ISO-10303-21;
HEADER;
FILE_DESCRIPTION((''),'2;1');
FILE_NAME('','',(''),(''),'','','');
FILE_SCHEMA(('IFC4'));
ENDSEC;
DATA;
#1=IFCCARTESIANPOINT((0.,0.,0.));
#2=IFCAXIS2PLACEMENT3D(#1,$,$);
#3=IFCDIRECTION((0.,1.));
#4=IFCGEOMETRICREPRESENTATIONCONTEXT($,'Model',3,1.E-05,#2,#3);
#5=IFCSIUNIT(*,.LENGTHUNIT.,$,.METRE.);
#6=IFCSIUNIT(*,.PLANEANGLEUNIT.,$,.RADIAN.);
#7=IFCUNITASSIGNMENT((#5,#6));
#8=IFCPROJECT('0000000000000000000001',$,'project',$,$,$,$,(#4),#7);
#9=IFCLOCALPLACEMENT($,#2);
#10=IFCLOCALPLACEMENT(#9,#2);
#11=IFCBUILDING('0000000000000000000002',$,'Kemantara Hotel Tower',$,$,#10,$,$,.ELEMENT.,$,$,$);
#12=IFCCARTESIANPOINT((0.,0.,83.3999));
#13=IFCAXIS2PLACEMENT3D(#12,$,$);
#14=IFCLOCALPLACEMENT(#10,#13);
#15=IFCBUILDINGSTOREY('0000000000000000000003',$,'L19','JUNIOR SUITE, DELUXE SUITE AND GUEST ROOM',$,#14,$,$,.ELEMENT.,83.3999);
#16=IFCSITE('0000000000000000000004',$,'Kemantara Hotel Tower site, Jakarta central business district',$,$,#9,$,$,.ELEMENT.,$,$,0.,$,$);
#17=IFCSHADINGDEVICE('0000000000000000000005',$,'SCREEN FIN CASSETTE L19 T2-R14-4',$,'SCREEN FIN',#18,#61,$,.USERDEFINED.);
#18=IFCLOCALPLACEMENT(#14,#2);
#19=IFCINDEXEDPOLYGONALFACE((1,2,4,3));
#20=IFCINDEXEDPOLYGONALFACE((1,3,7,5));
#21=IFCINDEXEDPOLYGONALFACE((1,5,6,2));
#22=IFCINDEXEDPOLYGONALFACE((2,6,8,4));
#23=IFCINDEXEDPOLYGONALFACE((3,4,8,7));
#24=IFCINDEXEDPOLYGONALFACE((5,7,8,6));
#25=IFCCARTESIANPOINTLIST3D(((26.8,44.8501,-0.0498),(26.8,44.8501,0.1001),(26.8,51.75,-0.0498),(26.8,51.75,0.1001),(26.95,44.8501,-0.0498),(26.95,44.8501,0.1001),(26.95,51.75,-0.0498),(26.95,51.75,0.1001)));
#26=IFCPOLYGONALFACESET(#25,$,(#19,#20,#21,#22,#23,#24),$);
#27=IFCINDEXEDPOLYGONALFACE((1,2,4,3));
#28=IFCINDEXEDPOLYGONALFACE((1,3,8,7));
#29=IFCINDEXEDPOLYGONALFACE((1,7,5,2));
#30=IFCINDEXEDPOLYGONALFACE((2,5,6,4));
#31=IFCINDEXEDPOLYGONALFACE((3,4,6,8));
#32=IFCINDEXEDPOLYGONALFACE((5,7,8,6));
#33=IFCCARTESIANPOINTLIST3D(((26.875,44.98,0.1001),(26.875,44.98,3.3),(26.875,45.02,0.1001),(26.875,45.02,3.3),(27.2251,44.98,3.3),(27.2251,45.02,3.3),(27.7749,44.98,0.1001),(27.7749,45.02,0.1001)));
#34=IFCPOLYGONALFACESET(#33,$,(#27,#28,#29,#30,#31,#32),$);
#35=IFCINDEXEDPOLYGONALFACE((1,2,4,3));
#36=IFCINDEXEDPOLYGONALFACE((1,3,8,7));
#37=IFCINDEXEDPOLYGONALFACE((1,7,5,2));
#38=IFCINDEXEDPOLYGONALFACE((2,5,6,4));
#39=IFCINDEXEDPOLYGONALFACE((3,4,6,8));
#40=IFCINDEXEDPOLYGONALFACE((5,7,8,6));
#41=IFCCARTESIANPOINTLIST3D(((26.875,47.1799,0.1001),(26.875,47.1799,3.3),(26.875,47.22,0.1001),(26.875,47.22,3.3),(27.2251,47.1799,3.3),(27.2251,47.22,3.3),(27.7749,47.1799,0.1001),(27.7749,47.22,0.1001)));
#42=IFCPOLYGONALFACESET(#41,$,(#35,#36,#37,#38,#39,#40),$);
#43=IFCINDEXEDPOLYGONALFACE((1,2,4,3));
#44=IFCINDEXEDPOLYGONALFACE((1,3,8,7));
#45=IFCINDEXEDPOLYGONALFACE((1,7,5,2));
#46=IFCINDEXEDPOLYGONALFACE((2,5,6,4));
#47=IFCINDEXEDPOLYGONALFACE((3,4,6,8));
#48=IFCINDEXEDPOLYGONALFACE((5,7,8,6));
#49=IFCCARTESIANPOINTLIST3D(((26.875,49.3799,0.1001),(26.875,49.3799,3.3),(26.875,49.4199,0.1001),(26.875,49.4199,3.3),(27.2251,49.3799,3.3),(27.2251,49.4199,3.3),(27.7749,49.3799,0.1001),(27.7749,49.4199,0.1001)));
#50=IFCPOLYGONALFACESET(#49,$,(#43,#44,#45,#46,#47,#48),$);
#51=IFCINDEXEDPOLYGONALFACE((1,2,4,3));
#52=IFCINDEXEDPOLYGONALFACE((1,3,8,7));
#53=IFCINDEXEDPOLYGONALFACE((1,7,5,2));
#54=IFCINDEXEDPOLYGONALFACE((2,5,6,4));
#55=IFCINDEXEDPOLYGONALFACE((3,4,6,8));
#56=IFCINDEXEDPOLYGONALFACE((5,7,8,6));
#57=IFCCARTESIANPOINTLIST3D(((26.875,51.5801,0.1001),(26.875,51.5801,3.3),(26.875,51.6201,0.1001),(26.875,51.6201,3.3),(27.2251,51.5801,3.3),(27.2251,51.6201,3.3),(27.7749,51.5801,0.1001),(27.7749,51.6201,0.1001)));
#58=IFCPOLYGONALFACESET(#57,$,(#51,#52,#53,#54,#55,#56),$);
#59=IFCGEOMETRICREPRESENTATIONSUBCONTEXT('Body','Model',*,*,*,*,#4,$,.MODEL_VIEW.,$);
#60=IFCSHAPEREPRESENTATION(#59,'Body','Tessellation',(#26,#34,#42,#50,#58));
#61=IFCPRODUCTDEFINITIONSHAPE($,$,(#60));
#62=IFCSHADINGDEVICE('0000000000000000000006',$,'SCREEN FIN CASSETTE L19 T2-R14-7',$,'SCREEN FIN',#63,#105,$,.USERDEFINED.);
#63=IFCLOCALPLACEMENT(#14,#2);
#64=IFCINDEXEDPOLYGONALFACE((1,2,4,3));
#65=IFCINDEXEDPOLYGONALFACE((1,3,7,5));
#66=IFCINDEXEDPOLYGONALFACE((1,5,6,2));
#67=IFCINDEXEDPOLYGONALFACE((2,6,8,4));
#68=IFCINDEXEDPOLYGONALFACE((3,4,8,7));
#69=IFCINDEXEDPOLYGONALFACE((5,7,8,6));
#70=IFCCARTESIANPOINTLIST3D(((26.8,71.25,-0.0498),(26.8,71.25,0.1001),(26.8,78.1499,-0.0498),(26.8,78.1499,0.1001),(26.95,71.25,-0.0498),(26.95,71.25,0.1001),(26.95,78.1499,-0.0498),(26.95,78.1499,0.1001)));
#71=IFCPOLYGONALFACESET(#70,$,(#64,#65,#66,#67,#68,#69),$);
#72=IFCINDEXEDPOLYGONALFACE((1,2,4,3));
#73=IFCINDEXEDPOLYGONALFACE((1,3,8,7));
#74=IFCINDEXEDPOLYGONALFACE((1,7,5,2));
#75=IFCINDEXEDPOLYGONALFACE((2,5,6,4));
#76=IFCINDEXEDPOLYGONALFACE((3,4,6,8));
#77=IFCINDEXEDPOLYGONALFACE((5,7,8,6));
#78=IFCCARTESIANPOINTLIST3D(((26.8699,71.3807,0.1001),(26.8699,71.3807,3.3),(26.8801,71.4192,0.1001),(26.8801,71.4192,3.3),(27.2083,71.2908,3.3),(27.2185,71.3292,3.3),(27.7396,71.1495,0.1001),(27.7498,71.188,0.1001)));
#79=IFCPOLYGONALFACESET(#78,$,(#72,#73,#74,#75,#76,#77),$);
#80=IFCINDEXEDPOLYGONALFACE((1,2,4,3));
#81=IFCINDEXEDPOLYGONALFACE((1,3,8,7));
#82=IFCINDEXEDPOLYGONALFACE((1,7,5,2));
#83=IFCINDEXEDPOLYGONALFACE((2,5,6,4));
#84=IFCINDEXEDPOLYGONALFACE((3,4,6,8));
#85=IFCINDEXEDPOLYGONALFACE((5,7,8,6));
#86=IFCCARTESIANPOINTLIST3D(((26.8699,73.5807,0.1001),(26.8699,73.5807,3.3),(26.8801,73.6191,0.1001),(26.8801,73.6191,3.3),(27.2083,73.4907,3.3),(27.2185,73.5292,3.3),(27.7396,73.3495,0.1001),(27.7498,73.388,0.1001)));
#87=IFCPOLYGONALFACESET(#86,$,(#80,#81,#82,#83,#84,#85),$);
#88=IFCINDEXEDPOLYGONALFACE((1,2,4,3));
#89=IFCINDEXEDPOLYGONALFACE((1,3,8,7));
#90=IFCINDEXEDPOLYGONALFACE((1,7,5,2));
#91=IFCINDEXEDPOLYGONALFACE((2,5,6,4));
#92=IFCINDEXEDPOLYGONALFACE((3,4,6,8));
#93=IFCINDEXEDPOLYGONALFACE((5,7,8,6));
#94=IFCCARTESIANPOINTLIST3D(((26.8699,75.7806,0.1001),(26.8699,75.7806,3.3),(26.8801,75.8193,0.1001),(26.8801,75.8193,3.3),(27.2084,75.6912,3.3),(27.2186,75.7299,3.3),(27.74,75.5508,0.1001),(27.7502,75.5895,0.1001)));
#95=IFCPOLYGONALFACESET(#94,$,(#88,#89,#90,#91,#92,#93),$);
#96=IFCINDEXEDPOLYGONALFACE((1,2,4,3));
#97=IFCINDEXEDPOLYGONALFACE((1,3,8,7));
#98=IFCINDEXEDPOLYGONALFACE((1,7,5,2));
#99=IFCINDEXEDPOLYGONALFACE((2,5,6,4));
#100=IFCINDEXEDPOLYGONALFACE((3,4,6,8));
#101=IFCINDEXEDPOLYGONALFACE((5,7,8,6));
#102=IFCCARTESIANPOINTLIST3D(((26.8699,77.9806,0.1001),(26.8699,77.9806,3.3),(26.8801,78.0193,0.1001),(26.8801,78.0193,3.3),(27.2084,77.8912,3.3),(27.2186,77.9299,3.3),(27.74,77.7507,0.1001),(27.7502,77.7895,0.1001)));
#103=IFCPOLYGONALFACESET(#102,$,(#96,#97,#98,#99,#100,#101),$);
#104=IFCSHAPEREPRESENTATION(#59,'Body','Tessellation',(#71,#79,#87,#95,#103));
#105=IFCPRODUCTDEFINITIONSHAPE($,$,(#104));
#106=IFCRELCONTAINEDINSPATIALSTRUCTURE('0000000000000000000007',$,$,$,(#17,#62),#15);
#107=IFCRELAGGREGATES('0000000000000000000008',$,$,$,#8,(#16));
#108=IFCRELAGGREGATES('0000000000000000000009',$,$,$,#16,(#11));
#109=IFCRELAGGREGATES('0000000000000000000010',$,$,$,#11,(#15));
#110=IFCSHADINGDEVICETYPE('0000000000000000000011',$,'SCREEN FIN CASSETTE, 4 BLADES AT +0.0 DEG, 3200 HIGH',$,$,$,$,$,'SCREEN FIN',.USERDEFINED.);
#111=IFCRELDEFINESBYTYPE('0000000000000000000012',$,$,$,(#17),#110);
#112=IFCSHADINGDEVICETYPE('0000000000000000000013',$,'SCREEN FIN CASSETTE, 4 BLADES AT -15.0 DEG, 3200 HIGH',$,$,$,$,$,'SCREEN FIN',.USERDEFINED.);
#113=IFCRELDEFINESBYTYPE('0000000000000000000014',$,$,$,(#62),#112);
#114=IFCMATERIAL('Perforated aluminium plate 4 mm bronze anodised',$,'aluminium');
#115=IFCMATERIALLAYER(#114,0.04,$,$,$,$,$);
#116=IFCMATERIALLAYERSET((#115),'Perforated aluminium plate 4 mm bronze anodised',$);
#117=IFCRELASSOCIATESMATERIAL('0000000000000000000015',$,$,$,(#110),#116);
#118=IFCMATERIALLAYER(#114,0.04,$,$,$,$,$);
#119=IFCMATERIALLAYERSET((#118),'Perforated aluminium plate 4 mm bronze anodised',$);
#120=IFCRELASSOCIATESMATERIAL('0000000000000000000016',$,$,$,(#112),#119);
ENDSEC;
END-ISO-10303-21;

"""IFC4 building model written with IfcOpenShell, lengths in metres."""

from ifc_helpers import new_model, si_unit, direction, frame, origin, origin_2d, place, context, subcontext, project, spatial, polyline, rectangle, outline, extrude, source, transform, mapped, material, layer, layer_set, type_object, element, save


model = new_model("IFC4")

# Units and contexts
model_context = context("Model", 3, precision=1e-05, world=origin(), true_north=direction((0.0, 1.0)))
body_context = subcontext(model_context, "Body", "Model", "MODEL_VIEW")
ifc_project = project(units=[si_unit("LENGTHUNIT", "METRE"), si_unit("PLANEANGLEUNIT", "RADIAN")], contexts=[model_context])

# Site, building, storey
site_placement = place(None, origin())
site = spatial("IfcSite", under=ifc_project, at=site_placement, Name="Kemantara Hotel Tower site, Jakarta central business district", CompositionType="ELEMENT", RefElevation=0.0)
building_placement = place(site_placement, origin())
building = spatial("IfcBuilding", under=site, at=building_placement, Name="Kemantara Hotel Tower", CompositionType="ELEMENT")
storey_placement = place(building_placement, frame((0.0, 0.0, 83.3999)))
storey = spatial("IfcBuildingStorey", under=building, at=storey_placement, Name="L19", Description="JUNIOR SUITE, DELUXE SUITE AND GUEST ROOM", CompositionType="ELEMENT", Elevation=83.3999)

# Shading devices
ifc_material_1 = material(Name="Perforated aluminium plate 4 mm bronze anodised", Category="aluminium")
ifc_layer_1 = layer(ifc_material_1, 0.04)
ifc_layer_set_1 = layer_set([ifc_layer_1], Name="Perforated aluminium plate 4 mm bronze anodised")
shading_device_type_1 = type_object("IfcShadingDeviceType", Name="SCREEN FIN CASSETTE, 4 BLADES AT +0.0 DEG, 3200 HIGH", ElementType="SCREEN FIN", PredefinedType="USERDEFINED", material=ifc_layer_set_1)
shared_shape_1 = source(origin(), body_context, "Body", "SweptSolid", [
    extrude(rectangle(XDim=6.8999, YDim=0.1499, at=origin_2d()), frame((3.3, -0.075, -0.1499), z_axis=(0.0, 0.0, 1.0), x_axis=(1.0, 0.0, 0.0)), (0.0, 0.0, 1.0), 0.1499),
    extrude(outline(polyline([(0.0, 0.0), (0.8999, 0.0), (0.3501, 3.2), (0.0, 3.2), (0.0, 0.0)])), frame((0.02, -0.075, 0.0), z_axis=(-1.0, 0.0, 0.0), x_axis=(0.0, -1.0, 0.0)), (0.0, 0.0, 1.0), 0.04),
    extrude(outline(polyline([(0.0, 0.0), (0.8999, 0.0), (0.3501, 3.2), (0.0, 3.2), (0.0, 0.0)])), frame((2.22, -0.075, 0.0), z_axis=(-1.0, 0.0, 0.0), x_axis=(0.0, -1.0, 0.0)), (0.0, 0.0, 1.0), 0.04),
    extrude(outline(polyline([(0.0, 0.0), (0.8999, 0.0), (0.3501, 3.2), (0.0, 3.2), (0.0, 0.0)])), frame((4.4199, -0.075, 0.0), z_axis=(-1.0, 0.0, 0.0), x_axis=(0.0, -1.0, 0.0)), (0.0, 0.0, 1.0), 0.04),
    extrude(outline(polyline([(0.0, 0.0), (0.8999, 0.0), (0.3501, 3.2), (0.0, 3.2), (0.0, 0.0)])), frame((6.6201, -0.075, 0.0), z_axis=(-1.0, 0.0, 0.0), x_axis=(0.0, -1.0, 0.0)), (0.0, 0.0, 1.0), 0.04),
])
shading_device_1_placement = place(storey_placement, frame((26.8, 45.0, 0.1001), z_axis=(0.0, 0.0, 1.0), x_axis=(0.0, 1.0, 0.0)))
element("IfcShadingDevice", 1, at=shading_device_1_placement, inside=storey, type_object=shading_device_type_1, Name="SCREEN FIN CASSETTE L19 T2-R14-4", ObjectType="SCREEN FIN", PredefinedType="USERDEFINED", context=body_context, shape_type="MappedRepresentation", body=[
    mapped(shared_shape_1, transform((0.0, 0.0, 0.0))),
])
ifc_layer_2 = layer(ifc_material_1, 0.04)
ifc_layer_set_2 = layer_set([ifc_layer_2], Name="Perforated aluminium plate 4 mm bronze anodised")
shading_device_type_2 = type_object("IfcShadingDeviceType", Name="SCREEN FIN CASSETTE, 4 BLADES AT -15.0 DEG, 3200 HIGH", ElementType="SCREEN FIN", PredefinedType="USERDEFINED", material=ifc_layer_set_2)
shared_shape_2 = source(origin(), body_context, "Body", "SweptSolid", [
    extrude(rectangle(XDim=6.8999, YDim=0.1499, at=origin_2d()), frame((3.3, -0.075, -0.1499), z_axis=(0.0, 0.0, 1.0), x_axis=(1.0, 0.0, 0.0)), (0.0, 0.0, 1.0), 0.1499),
    extrude(outline(polyline([(0.0, 0.0), (0.8999, 0.0), (0.3501, 3.2), (0.0, 3.2), (0.0, 0.0)])), frame((0.0193, -0.0801, 0.0), z_axis=(-0.966438, 0.256901, 0.0), x_axis=(-0.256901, -0.966438, 0.0)), (0.0, 0.0, 1.0), 0.0398),
    extrude(outline(polyline([(0.0, 0.0), (0.8999, 0.0), (0.3501, 3.2), (0.0, 3.2), (0.0, 0.0)])), frame((2.2192, -0.0801, 0.0), z_axis=(-0.966438, 0.256901, 0.0), x_axis=(-0.256901, -0.966438, 0.0)), (0.0, 0.0, 1.0), 0.0398),
    extrude(outline(polyline([(0.0, 0.0), (0.8999, 0.0), (0.3501, 3.2), (0.0, 3.2), (0.0, 0.0)])), frame((4.4194, -0.0801, 0.0), z_axis=(-0.966838, 0.255391, 0.0), x_axis=(-0.255391, -0.966838, 0.0)), (0.0, 0.0, 1.0), 0.04),
    extrude(outline(polyline([(0.0, 0.0), (0.8999, 0.0), (0.3501, 3.2), (0.0, 3.2), (0.0, 0.0)])), frame((6.6194, -0.0801, 0.0), z_axis=(-0.966838, 0.255391, 0.0), x_axis=(-0.255391, -0.966838, 0.0)), (0.0, 0.0, 1.0), 0.04),
])
shading_device_2_placement = place(storey_placement, frame((26.8, 71.3999, 0.1001), z_axis=(0.0, 0.0, 1.0), x_axis=(0.0, 1.0, 0.0)))
element("IfcShadingDevice", 2, at=shading_device_2_placement, inside=storey, type_object=shading_device_type_2, Name="SCREEN FIN CASSETTE L19 T2-R14-7", ObjectType="SCREEN FIN", PredefinedType="USERDEFINED", context=body_context, shape_type="MappedRepresentation", body=[
    mapped(shared_shape_2, transform((0.0, 0.0, 0.0))),
])

save(model, "model.ifc")
